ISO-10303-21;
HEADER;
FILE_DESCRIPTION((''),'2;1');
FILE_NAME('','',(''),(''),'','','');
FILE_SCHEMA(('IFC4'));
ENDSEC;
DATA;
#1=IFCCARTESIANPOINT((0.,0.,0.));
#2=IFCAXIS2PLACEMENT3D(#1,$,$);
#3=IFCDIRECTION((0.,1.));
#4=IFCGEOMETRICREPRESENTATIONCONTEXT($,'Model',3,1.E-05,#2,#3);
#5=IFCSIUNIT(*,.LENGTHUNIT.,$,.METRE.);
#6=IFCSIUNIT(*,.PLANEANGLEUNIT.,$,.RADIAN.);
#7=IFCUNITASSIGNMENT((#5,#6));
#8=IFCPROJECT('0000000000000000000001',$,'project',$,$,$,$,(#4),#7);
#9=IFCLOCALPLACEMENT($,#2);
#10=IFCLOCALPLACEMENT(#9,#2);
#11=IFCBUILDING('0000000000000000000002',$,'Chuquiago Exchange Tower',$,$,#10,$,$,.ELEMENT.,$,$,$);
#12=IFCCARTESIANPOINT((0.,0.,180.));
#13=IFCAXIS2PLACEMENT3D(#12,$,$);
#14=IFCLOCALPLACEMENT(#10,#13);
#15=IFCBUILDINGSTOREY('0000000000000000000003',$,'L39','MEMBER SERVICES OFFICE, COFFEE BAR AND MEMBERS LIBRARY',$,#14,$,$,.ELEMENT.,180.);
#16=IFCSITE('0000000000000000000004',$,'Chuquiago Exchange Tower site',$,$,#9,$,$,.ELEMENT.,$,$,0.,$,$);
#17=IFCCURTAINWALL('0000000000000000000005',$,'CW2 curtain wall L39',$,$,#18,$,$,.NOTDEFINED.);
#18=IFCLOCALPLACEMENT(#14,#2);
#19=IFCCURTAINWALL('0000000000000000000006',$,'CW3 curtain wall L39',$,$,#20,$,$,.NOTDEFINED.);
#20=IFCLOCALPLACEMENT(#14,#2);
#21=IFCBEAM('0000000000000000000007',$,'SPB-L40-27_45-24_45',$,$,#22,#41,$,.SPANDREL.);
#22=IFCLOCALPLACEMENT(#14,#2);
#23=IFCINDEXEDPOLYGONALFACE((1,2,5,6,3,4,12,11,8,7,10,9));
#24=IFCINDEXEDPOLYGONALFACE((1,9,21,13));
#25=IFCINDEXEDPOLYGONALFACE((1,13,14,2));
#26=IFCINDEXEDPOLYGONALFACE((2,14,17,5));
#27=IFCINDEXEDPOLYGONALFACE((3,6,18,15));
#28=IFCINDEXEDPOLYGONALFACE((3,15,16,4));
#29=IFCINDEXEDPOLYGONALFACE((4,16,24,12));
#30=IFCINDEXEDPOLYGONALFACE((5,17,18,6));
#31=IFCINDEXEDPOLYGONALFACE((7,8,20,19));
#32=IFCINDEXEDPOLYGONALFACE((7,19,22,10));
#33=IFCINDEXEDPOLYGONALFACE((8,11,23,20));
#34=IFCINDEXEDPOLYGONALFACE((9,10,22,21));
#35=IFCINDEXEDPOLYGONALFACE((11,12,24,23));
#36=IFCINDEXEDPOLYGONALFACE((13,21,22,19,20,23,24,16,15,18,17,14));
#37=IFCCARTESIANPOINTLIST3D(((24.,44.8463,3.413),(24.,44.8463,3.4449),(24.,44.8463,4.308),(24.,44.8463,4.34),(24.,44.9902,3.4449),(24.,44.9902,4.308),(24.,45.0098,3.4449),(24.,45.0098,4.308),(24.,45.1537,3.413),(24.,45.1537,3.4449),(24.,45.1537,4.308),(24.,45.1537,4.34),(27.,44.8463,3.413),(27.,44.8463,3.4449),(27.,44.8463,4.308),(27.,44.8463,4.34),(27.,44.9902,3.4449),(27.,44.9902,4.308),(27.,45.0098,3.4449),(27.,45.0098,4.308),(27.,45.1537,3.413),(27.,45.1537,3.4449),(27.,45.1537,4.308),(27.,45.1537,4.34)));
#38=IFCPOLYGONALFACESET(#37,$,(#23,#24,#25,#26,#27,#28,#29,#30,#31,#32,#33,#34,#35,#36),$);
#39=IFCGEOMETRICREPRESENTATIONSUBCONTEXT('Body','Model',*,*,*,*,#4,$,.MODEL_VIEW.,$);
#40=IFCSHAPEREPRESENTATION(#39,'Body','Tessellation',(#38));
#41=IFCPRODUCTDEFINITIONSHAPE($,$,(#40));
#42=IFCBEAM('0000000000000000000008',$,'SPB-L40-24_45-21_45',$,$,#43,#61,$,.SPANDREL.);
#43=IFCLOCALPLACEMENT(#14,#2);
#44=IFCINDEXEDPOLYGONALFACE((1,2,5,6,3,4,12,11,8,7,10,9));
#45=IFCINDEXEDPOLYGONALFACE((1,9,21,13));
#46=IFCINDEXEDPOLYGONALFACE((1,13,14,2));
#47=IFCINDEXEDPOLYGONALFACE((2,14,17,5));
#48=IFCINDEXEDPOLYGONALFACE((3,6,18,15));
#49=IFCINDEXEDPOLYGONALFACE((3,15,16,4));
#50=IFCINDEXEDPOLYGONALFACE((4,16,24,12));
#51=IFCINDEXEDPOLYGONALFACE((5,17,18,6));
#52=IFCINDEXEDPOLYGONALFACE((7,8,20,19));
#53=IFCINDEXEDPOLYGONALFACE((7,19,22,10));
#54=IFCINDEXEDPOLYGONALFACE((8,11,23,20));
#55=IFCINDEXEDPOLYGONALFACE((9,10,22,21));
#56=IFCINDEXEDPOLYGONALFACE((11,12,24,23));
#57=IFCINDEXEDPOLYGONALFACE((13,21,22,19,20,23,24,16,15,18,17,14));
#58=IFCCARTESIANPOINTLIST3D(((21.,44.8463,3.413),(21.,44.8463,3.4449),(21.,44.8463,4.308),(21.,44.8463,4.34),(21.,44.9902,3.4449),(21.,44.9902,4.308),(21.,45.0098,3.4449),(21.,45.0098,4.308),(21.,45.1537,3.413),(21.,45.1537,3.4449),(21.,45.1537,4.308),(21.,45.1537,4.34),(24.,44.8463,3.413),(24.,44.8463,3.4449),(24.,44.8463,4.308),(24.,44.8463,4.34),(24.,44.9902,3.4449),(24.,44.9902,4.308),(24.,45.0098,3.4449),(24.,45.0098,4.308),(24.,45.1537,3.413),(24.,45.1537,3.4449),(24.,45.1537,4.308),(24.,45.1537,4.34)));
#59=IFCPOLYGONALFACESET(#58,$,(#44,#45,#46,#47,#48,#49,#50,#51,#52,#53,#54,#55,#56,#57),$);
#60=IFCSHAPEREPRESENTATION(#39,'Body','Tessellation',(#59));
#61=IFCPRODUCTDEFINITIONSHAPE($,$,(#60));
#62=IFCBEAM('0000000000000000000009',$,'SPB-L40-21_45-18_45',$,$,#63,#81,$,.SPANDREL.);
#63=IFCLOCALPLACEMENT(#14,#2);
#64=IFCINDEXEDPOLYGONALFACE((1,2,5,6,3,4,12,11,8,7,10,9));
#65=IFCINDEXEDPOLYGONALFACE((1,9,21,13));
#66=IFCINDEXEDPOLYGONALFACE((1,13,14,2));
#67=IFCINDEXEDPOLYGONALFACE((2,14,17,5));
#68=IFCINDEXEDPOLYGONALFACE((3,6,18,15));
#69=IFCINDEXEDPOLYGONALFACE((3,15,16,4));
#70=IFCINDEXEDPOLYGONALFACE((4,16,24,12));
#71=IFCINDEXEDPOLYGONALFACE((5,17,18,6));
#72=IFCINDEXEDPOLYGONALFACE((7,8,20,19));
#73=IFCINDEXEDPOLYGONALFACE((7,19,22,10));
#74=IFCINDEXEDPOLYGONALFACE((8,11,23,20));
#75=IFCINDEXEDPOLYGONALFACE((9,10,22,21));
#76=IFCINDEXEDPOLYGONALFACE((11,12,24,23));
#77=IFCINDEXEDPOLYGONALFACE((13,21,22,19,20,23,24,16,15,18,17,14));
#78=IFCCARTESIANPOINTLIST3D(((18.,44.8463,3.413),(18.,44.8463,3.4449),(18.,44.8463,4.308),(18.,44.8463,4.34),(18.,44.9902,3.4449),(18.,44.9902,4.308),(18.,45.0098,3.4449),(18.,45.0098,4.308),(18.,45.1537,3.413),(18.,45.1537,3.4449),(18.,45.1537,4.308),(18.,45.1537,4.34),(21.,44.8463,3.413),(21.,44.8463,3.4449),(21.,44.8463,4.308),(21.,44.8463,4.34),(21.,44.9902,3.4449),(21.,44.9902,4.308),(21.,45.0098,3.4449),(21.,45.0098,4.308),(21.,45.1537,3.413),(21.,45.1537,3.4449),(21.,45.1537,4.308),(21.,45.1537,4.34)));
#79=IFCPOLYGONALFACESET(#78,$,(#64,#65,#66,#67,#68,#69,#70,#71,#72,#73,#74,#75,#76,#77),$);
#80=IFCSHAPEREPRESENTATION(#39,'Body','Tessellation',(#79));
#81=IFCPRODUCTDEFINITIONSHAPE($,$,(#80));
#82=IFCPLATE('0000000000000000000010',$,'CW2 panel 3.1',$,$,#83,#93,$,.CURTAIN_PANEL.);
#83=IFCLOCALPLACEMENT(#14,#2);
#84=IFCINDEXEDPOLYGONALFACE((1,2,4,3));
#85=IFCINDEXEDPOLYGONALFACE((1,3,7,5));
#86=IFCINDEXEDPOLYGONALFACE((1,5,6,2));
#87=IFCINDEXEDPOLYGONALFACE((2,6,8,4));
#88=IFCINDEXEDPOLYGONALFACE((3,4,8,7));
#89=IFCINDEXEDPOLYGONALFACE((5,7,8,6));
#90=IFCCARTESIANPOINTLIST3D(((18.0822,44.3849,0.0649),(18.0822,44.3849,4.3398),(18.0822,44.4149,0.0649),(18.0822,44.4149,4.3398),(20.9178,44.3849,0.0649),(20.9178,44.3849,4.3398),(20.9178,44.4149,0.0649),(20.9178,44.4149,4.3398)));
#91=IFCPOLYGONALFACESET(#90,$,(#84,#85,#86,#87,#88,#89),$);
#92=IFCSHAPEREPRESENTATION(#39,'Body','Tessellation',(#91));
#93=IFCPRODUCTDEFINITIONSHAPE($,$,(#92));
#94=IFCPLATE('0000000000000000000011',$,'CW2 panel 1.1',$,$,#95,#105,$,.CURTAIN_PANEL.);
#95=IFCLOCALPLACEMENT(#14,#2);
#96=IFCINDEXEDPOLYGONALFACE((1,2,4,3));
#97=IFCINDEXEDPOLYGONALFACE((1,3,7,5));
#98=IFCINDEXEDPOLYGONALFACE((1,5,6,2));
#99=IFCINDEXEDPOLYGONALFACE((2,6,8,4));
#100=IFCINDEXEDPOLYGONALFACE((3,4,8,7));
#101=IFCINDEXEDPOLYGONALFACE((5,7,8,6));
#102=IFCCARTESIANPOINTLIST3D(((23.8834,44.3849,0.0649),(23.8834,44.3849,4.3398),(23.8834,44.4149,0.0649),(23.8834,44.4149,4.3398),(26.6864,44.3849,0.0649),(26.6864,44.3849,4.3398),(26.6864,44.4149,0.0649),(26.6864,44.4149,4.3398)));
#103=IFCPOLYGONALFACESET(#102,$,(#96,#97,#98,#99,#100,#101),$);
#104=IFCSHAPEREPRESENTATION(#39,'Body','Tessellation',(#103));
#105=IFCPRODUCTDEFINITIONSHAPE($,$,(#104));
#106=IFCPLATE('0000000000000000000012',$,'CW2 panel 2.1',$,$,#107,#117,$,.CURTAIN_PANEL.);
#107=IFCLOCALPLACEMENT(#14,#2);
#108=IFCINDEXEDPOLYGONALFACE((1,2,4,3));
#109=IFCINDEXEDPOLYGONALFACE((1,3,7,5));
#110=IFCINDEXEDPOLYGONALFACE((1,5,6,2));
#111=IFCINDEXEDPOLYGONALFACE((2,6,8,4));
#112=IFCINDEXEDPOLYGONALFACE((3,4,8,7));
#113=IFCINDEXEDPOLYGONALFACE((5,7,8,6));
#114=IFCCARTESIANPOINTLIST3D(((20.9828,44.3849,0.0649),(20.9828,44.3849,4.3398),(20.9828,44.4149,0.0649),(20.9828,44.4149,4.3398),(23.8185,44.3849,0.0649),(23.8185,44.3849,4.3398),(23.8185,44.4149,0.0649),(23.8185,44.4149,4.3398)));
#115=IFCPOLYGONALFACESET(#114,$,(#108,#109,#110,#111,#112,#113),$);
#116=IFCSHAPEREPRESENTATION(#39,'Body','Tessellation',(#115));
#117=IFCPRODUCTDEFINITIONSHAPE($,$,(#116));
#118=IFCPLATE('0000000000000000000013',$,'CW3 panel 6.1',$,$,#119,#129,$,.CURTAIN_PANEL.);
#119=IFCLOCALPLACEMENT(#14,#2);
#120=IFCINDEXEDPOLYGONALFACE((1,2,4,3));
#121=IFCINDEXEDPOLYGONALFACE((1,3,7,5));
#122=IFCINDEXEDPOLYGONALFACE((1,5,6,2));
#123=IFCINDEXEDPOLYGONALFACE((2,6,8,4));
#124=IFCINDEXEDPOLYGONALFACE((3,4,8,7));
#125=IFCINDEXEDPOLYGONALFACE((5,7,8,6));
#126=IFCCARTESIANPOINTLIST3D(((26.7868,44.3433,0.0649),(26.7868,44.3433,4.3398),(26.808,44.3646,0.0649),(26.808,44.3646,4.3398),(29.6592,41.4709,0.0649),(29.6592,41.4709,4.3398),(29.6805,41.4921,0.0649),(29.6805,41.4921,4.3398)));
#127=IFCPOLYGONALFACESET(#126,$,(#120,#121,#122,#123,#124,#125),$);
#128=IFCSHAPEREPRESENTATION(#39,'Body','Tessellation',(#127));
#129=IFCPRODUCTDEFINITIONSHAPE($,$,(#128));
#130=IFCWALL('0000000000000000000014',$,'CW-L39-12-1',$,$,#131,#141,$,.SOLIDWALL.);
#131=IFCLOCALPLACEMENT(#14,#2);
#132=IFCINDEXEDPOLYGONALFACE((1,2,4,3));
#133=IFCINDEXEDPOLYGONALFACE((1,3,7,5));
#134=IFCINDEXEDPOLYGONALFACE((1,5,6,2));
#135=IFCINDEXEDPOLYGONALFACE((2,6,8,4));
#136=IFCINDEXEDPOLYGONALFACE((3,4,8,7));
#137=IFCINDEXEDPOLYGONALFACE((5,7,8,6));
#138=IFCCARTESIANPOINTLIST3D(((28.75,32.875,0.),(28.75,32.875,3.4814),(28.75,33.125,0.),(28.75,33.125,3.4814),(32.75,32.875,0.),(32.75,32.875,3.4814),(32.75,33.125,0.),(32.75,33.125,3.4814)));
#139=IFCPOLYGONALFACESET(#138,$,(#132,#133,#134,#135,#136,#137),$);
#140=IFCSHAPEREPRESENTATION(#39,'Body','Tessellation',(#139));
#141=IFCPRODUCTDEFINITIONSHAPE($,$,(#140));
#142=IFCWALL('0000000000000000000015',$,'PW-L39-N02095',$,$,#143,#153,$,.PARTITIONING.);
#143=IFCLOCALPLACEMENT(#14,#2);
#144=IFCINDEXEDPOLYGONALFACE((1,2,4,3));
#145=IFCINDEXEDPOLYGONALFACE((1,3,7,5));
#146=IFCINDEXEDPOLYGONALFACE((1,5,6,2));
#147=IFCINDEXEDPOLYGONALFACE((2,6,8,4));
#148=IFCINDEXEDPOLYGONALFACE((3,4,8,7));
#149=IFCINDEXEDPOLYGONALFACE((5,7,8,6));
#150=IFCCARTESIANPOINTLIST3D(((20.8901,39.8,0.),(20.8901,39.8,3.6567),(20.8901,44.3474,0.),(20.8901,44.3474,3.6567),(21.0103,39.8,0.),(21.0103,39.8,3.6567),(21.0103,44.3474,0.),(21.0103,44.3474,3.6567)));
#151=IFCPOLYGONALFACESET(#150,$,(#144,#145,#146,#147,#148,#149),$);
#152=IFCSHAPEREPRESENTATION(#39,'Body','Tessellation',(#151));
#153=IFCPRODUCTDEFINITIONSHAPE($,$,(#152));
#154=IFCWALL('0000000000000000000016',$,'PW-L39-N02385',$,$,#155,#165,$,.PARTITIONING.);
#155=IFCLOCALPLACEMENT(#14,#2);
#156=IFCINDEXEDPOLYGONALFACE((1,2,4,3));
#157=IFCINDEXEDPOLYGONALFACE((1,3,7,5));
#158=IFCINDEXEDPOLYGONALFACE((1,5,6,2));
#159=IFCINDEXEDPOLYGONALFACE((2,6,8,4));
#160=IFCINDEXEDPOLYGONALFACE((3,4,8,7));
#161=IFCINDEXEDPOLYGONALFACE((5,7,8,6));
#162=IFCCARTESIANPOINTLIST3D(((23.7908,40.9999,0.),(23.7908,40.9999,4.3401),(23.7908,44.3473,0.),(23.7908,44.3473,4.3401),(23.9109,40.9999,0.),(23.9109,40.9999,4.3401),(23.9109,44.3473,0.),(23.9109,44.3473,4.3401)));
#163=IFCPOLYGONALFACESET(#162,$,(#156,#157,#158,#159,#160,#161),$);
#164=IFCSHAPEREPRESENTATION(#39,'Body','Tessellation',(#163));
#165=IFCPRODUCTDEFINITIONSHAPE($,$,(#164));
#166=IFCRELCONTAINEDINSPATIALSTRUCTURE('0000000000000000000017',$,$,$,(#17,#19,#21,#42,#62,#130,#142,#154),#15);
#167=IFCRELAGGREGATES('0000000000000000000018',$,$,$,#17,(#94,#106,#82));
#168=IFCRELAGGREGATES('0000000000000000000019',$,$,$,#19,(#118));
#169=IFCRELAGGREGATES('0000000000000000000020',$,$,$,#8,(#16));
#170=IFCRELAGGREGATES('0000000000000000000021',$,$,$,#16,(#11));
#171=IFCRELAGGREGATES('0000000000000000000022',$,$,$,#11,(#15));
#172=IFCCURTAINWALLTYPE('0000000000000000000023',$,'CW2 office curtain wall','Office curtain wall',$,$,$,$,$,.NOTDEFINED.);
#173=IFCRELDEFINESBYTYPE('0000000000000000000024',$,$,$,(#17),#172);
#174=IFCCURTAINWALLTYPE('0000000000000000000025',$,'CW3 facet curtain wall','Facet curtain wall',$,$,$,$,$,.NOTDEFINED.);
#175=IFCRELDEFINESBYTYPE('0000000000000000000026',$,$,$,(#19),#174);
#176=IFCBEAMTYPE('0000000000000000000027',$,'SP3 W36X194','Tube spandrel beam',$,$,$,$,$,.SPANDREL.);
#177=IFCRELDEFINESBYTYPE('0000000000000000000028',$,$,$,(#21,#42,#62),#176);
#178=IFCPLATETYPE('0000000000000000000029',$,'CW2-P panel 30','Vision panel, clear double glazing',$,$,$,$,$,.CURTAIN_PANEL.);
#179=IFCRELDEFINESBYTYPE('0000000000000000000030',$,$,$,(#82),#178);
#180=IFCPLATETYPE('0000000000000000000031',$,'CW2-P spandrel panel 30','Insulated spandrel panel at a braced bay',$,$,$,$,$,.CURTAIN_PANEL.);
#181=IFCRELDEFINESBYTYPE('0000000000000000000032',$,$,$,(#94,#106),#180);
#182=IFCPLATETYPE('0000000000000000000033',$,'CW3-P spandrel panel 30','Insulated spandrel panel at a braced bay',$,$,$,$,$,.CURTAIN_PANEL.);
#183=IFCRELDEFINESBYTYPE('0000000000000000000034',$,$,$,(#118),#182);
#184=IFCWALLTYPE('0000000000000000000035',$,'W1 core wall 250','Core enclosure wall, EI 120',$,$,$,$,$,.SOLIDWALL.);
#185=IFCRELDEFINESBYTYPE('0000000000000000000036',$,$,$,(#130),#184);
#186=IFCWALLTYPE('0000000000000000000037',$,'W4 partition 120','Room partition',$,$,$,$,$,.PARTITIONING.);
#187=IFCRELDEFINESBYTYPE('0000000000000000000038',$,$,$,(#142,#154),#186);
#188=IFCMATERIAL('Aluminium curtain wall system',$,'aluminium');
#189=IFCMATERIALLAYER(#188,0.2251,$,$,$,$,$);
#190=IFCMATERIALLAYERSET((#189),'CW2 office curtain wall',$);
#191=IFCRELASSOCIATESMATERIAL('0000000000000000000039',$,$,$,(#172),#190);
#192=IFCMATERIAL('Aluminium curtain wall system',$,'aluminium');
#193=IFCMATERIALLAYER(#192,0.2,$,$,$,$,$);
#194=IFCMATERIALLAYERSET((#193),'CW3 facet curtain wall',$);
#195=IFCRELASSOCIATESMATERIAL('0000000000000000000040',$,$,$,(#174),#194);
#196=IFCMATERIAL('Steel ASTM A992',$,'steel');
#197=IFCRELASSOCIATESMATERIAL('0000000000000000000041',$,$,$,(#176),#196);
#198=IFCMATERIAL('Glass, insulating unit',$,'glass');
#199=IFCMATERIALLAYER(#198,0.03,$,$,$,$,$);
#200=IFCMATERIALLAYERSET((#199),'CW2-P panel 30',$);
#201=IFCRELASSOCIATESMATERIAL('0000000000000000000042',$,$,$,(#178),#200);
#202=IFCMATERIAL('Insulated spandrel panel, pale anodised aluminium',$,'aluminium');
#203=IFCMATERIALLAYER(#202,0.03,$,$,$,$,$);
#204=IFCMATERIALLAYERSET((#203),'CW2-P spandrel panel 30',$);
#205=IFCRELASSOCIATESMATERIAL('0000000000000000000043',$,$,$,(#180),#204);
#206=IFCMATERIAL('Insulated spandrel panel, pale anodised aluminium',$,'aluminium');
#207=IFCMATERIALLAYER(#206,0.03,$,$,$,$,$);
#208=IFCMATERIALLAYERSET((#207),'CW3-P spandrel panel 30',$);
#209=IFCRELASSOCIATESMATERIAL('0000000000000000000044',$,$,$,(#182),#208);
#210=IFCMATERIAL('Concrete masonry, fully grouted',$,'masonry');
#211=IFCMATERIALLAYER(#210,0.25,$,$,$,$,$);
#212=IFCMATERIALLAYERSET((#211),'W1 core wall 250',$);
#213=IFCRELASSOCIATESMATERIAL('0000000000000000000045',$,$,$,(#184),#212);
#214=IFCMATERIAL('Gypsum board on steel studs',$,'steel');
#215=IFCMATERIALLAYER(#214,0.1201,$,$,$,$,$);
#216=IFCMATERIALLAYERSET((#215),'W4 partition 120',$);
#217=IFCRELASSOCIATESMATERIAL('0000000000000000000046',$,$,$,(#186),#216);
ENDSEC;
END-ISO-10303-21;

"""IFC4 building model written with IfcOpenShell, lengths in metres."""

from ifc_helpers import new_model, si_unit, direction, frame, frame_2d, origin, origin_2d, place, context, subcontext, project, spatial, rectangle, i_section, extrude, material, layer, layer_set, material_profile, profile_set, type_object, element, aggregate, save


model = new_model("IFC4")

# Units and contexts
model_context = context("Model", 3, precision=1e-05, world=origin(), true_north=direction((0.0, 1.0)))
body_context = subcontext(model_context, "Body", "Model", "MODEL_VIEW")
ifc_project = project(units=[si_unit("LENGTHUNIT", "METRE"), si_unit("PLANEANGLEUNIT", "RADIAN")], contexts=[model_context])

# Site, building, storey
site_placement = place(None, origin())
site = spatial("IfcSite", under=ifc_project, at=site_placement, Name="Chuquiago Exchange Tower site", CompositionType="ELEMENT", RefElevation=0.0)
building_placement = place(site_placement, origin())
building = spatial("IfcBuilding", under=site, at=building_placement, Name="Chuquiago Exchange Tower", CompositionType="ELEMENT")
storey_placement = place(building_placement, frame((0.0, 0.0, 180.0)))
storey = spatial("IfcBuildingStorey", under=building, at=storey_placement, Name="L39", Description="MEMBER SERVICES OFFICE, COFFEE BAR AND MEMBERS LIBRARY", CompositionType="ELEMENT", Elevation=180.0)

# Curtain walls
ifc_material_1 = material(Name="Aluminium curtain wall system", Category="aluminium")
ifc_layer_1 = layer(ifc_material_1, 0.2251)
ifc_layer_set_1 = layer_set([ifc_layer_1], Name="CW2 office curtain wall")
curtain_wall_type_1 = type_object("IfcCurtainWallType", Name="CW2 office curtain wall", Description="Office curtain wall", PredefinedType="NOTDEFINED", material=ifc_layer_set_1)
curtain_wall_1_placement = place(storey_placement, origin())
curtain_wall_1 = element("IfcCurtainWall", 1, at=curtain_wall_1_placement, inside=storey, type_object=curtain_wall_type_1, Name="CW2 curtain wall L39", PredefinedType="NOTDEFINED")
ifc_material_2 = material(Name="Aluminium curtain wall system", Category="aluminium")
ifc_layer_2 = layer(ifc_material_2, 0.2)
ifc_layer_set_2 = layer_set([ifc_layer_2], Name="CW3 facet curtain wall")
curtain_wall_type_2 = type_object("IfcCurtainWallType", Name="CW3 facet curtain wall", Description="Facet curtain wall", PredefinedType="NOTDEFINED", material=ifc_layer_set_2)
curtain_wall_2_placement = place(storey_placement, origin())
curtain_wall_2 = element("IfcCurtainWall", 2, at=curtain_wall_2_placement, inside=storey, type_object=curtain_wall_type_2, Name="CW3 curtain wall L39", PredefinedType="NOTDEFINED")

# Beams
ifc_material_3 = material(Name="Steel ASTM A992", Category="steel")
ifc_material_profile_1 = material_profile(ifc_material_3, i_section(OverallWidth=0.3074, OverallDepth=0.927, WebThickness=0.0195, FlangeThickness=0.032, at=origin_2d()), Name="W36X194")
ifc_profile_set_1 = profile_set([ifc_material_profile_1], Name="Steel ASTM A992")
beam_type_1 = type_object("IfcBeamType", Name="SP3 W36X194", Description="Tube spandrel beam", PredefinedType="SPANDREL", material=ifc_profile_set_1)
for number, where, z_axis, x_axis, name in (
    (3, (27.0, 45.0, 3.8765), (-1.0, 0.0, 0.0), (0.0, -1.0, 0.0), "SPB-L40-27_45-24_45"),
    (4, (24.0, 45.0, 3.8765), (-1.0, 0.0, 0.0), (0.0, -1.0, 0.0), "SPB-L40-24_45-21_45"),
    (5, (21.0, 45.0, 3.8765), (-1.0, 0.0, 0.0), (0.0, -1.0, 0.0), "SPB-L40-21_45-18_45"),
):
    element("IfcBeam", number, at=place(storey_placement, frame(where, z_axis=z_axis, x_axis=x_axis)), inside=storey, type_object=beam_type_1, Name=name, PredefinedType="SPANDREL", context=body_context, shape_type="SweptSolid", body=[
        extrude(i_section(OverallWidth=0.3074, OverallDepth=0.927, WebThickness=0.0195, FlangeThickness=0.032, at=origin_2d()), origin(), (0.0, 0.0, 1.0), 3.0),
    ])

# Plates
ifc_material_4 = material(Name="Glass, insulating unit", Category="glass")
ifc_layer_3 = layer(ifc_material_4, 0.03)
ifc_layer_set_3 = layer_set([ifc_layer_3], Name="CW2-P panel 30")
plate_type_1 = type_object("IfcPlateType", Name="CW2-P panel 30", Description="Vision panel, clear double glazing", PredefinedType="CURTAIN_PANEL", material=ifc_layer_set_3)
plate_1_placement = place(storey_placement, frame((19.5, 44.3999, 0.0649), z_axis=(0.0, 0.0, 1.0), x_axis=(-1.0, 0.0, 0.0)))
plate_1 = element("IfcPlate", 6, at=plate_1_placement, type_object=plate_type_1, Name="CW2 panel 3.1", PredefinedType="CURTAIN_PANEL", context=body_context, shape_type="SweptSolid", body=[
    extrude(rectangle(XDim=2.8357, YDim=0.03, at=origin_2d()), origin(), (0.0, 0.0, 1.0), 4.2749),
])
ifc_material_5 = material(Name="Insulated spandrel panel, pale anodised aluminium", Category="aluminium")
ifc_layer_4 = layer(ifc_material_5, 0.03)
ifc_layer_set_4 = layer_set([ifc_layer_4], Name="CW2-P spandrel panel 30")
plate_type_2 = type_object("IfcPlateType", Name="CW2-P spandrel panel 30", Description="Insulated spandrel panel at a braced bay", PredefinedType="CURTAIN_PANEL", material=ifc_layer_set_4)
plate_2_placement = place(storey_placement, frame((25.2849, 44.3999, 0.0649), z_axis=(0.0, 0.0, 1.0), x_axis=(-1.0, 0.0, 0.0)))
plate_2 = element("IfcPlate", 7, at=plate_2_placement, type_object=plate_type_2, Name="CW2 panel 1.1", PredefinedType="CURTAIN_PANEL", context=body_context, shape_type="SweptSolid", body=[
    extrude(rectangle(XDim=2.803, YDim=0.03, at=origin_2d()), origin(), (0.0, 0.0, 1.0), 4.2749),
])
plate_3_placement = place(storey_placement, frame((22.4006, 44.3999, 0.0649), z_axis=(0.0, 0.0, 1.0), x_axis=(-1.0, 0.0, 0.0)))
plate_3 = element("IfcPlate", 8, at=plate_3_placement, type_object=plate_type_2, Name="CW2 panel 2.1", PredefinedType="CURTAIN_PANEL", context=body_context, shape_type="SweptSolid", body=[
    extrude(rectangle(XDim=2.8357, YDim=0.03, at=origin_2d()), origin(), (0.0, 0.0, 1.0), 4.2749),
])
aggregate(curtain_wall_1, [plate_2, plate_3, plate_1])
ifc_material_6 = material(Name="Insulated spandrel panel, pale anodised aluminium", Category="aluminium")
ifc_layer_5 = layer(ifc_material_6, 0.03)
ifc_layer_set_5 = layer_set([ifc_layer_5], Name="CW3-P spandrel panel 30")
plate_type_3 = type_object("IfcPlateType", Name="CW3-P spandrel panel 30", Description="Insulated spandrel panel at a braced bay", PredefinedType="CURTAIN_PANEL", material=ifc_layer_set_5)
plate_4_placement = place(storey_placement, frame((28.2336, 42.9177, 0.0649), z_axis=(0.0, 0.0, 1.0), x_axis=(-0.707107, 0.707107, 0.0)))
plate_4 = element("IfcPlate", 9, at=plate_4_placement, type_object=plate_type_3, Name="CW3 panel 6.1", PredefinedType="CURTAIN_PANEL", context=body_context, shape_type="SweptSolid", body=[
    extrude(rectangle(XDim=4.0623, YDim=0.03, at=origin_2d()), origin(), (0.0, 0.0, 1.0), 4.2749),
])
aggregate(curtain_wall_2, [plate_4])

# Walls
ifc_material_7 = material(Name="Concrete masonry, fully grouted", Category="masonry")
ifc_layer_6 = layer(ifc_material_7, 0.25)
ifc_layer_set_6 = layer_set([ifc_layer_6], Name="W1 core wall 250")
wall_type_1 = type_object("IfcWallType", Name="W1 core wall 250", Description="Core enclosure wall, EI 120", PredefinedType="SOLIDWALL", material=ifc_layer_set_6)
wall_1_placement = place(storey_placement, frame((28.75, 33.0, 0.0), z_axis=(0.0, 0.0, 1.0), x_axis=(1.0, 0.0, 0.0)))
element("IfcWall", 10, at=wall_1_placement, inside=storey, type_object=wall_type_1, Name="CW-L39-12-1", PredefinedType="SOLIDWALL", context=body_context, shape_type="SweptSolid", body=[
    extrude(rectangle(XDim=4.0, YDim=0.25, at=frame_2d((2.0, 0.0))), origin(), (0.0, 0.0, 1.0), 3.4814),
])
ifc_material_8 = material(Name="Gypsum board on steel studs", Category="steel")
ifc_layer_7 = layer(ifc_material_8, 0.1201)
ifc_layer_set_7 = layer_set([ifc_layer_7], Name="W4 partition 120")
wall_type_2 = type_object("IfcWallType", Name="W4 partition 120", Description="Room partition", PredefinedType="PARTITIONING", material=ifc_layer_set_7)
wall_2_placement = place(storey_placement, frame((20.9502, 44.3474, 0.0), z_axis=(0.0, 0.0, 1.0), x_axis=(0.0, -1.0, 0.0)))
element("IfcWall", 11, at=wall_2_placement, inside=storey, type_object=wall_type_2, Name="PW-L39-N02095", PredefinedType="PARTITIONING", context=body_context, shape_type="SweptSolid", body=[
    extrude(rectangle(XDim=4.5474, YDim=0.1201, at=frame_2d((2.2737, 0.0))), origin(), (0.0, 0.0, 1.0), 3.6567),
])
wall_3_placement = place(storey_placement, frame((23.8508, 44.3474, 0.0), z_axis=(0.0, 0.0, 1.0), x_axis=(0.0, -1.0, 0.0)))
element("IfcWall", 12, at=wall_3_placement, inside=storey, type_object=wall_type_2, Name="PW-L39-N02385", PredefinedType="PARTITIONING", context=body_context, shape_type="SweptSolid", body=[
    extrude(rectangle(XDim=3.3474, YDim=0.1201, at=frame_2d((1.6738, 0.0))), origin(), (0.0, 0.0, 1.0), 4.3401),
])

save(model, "model.ifc")
